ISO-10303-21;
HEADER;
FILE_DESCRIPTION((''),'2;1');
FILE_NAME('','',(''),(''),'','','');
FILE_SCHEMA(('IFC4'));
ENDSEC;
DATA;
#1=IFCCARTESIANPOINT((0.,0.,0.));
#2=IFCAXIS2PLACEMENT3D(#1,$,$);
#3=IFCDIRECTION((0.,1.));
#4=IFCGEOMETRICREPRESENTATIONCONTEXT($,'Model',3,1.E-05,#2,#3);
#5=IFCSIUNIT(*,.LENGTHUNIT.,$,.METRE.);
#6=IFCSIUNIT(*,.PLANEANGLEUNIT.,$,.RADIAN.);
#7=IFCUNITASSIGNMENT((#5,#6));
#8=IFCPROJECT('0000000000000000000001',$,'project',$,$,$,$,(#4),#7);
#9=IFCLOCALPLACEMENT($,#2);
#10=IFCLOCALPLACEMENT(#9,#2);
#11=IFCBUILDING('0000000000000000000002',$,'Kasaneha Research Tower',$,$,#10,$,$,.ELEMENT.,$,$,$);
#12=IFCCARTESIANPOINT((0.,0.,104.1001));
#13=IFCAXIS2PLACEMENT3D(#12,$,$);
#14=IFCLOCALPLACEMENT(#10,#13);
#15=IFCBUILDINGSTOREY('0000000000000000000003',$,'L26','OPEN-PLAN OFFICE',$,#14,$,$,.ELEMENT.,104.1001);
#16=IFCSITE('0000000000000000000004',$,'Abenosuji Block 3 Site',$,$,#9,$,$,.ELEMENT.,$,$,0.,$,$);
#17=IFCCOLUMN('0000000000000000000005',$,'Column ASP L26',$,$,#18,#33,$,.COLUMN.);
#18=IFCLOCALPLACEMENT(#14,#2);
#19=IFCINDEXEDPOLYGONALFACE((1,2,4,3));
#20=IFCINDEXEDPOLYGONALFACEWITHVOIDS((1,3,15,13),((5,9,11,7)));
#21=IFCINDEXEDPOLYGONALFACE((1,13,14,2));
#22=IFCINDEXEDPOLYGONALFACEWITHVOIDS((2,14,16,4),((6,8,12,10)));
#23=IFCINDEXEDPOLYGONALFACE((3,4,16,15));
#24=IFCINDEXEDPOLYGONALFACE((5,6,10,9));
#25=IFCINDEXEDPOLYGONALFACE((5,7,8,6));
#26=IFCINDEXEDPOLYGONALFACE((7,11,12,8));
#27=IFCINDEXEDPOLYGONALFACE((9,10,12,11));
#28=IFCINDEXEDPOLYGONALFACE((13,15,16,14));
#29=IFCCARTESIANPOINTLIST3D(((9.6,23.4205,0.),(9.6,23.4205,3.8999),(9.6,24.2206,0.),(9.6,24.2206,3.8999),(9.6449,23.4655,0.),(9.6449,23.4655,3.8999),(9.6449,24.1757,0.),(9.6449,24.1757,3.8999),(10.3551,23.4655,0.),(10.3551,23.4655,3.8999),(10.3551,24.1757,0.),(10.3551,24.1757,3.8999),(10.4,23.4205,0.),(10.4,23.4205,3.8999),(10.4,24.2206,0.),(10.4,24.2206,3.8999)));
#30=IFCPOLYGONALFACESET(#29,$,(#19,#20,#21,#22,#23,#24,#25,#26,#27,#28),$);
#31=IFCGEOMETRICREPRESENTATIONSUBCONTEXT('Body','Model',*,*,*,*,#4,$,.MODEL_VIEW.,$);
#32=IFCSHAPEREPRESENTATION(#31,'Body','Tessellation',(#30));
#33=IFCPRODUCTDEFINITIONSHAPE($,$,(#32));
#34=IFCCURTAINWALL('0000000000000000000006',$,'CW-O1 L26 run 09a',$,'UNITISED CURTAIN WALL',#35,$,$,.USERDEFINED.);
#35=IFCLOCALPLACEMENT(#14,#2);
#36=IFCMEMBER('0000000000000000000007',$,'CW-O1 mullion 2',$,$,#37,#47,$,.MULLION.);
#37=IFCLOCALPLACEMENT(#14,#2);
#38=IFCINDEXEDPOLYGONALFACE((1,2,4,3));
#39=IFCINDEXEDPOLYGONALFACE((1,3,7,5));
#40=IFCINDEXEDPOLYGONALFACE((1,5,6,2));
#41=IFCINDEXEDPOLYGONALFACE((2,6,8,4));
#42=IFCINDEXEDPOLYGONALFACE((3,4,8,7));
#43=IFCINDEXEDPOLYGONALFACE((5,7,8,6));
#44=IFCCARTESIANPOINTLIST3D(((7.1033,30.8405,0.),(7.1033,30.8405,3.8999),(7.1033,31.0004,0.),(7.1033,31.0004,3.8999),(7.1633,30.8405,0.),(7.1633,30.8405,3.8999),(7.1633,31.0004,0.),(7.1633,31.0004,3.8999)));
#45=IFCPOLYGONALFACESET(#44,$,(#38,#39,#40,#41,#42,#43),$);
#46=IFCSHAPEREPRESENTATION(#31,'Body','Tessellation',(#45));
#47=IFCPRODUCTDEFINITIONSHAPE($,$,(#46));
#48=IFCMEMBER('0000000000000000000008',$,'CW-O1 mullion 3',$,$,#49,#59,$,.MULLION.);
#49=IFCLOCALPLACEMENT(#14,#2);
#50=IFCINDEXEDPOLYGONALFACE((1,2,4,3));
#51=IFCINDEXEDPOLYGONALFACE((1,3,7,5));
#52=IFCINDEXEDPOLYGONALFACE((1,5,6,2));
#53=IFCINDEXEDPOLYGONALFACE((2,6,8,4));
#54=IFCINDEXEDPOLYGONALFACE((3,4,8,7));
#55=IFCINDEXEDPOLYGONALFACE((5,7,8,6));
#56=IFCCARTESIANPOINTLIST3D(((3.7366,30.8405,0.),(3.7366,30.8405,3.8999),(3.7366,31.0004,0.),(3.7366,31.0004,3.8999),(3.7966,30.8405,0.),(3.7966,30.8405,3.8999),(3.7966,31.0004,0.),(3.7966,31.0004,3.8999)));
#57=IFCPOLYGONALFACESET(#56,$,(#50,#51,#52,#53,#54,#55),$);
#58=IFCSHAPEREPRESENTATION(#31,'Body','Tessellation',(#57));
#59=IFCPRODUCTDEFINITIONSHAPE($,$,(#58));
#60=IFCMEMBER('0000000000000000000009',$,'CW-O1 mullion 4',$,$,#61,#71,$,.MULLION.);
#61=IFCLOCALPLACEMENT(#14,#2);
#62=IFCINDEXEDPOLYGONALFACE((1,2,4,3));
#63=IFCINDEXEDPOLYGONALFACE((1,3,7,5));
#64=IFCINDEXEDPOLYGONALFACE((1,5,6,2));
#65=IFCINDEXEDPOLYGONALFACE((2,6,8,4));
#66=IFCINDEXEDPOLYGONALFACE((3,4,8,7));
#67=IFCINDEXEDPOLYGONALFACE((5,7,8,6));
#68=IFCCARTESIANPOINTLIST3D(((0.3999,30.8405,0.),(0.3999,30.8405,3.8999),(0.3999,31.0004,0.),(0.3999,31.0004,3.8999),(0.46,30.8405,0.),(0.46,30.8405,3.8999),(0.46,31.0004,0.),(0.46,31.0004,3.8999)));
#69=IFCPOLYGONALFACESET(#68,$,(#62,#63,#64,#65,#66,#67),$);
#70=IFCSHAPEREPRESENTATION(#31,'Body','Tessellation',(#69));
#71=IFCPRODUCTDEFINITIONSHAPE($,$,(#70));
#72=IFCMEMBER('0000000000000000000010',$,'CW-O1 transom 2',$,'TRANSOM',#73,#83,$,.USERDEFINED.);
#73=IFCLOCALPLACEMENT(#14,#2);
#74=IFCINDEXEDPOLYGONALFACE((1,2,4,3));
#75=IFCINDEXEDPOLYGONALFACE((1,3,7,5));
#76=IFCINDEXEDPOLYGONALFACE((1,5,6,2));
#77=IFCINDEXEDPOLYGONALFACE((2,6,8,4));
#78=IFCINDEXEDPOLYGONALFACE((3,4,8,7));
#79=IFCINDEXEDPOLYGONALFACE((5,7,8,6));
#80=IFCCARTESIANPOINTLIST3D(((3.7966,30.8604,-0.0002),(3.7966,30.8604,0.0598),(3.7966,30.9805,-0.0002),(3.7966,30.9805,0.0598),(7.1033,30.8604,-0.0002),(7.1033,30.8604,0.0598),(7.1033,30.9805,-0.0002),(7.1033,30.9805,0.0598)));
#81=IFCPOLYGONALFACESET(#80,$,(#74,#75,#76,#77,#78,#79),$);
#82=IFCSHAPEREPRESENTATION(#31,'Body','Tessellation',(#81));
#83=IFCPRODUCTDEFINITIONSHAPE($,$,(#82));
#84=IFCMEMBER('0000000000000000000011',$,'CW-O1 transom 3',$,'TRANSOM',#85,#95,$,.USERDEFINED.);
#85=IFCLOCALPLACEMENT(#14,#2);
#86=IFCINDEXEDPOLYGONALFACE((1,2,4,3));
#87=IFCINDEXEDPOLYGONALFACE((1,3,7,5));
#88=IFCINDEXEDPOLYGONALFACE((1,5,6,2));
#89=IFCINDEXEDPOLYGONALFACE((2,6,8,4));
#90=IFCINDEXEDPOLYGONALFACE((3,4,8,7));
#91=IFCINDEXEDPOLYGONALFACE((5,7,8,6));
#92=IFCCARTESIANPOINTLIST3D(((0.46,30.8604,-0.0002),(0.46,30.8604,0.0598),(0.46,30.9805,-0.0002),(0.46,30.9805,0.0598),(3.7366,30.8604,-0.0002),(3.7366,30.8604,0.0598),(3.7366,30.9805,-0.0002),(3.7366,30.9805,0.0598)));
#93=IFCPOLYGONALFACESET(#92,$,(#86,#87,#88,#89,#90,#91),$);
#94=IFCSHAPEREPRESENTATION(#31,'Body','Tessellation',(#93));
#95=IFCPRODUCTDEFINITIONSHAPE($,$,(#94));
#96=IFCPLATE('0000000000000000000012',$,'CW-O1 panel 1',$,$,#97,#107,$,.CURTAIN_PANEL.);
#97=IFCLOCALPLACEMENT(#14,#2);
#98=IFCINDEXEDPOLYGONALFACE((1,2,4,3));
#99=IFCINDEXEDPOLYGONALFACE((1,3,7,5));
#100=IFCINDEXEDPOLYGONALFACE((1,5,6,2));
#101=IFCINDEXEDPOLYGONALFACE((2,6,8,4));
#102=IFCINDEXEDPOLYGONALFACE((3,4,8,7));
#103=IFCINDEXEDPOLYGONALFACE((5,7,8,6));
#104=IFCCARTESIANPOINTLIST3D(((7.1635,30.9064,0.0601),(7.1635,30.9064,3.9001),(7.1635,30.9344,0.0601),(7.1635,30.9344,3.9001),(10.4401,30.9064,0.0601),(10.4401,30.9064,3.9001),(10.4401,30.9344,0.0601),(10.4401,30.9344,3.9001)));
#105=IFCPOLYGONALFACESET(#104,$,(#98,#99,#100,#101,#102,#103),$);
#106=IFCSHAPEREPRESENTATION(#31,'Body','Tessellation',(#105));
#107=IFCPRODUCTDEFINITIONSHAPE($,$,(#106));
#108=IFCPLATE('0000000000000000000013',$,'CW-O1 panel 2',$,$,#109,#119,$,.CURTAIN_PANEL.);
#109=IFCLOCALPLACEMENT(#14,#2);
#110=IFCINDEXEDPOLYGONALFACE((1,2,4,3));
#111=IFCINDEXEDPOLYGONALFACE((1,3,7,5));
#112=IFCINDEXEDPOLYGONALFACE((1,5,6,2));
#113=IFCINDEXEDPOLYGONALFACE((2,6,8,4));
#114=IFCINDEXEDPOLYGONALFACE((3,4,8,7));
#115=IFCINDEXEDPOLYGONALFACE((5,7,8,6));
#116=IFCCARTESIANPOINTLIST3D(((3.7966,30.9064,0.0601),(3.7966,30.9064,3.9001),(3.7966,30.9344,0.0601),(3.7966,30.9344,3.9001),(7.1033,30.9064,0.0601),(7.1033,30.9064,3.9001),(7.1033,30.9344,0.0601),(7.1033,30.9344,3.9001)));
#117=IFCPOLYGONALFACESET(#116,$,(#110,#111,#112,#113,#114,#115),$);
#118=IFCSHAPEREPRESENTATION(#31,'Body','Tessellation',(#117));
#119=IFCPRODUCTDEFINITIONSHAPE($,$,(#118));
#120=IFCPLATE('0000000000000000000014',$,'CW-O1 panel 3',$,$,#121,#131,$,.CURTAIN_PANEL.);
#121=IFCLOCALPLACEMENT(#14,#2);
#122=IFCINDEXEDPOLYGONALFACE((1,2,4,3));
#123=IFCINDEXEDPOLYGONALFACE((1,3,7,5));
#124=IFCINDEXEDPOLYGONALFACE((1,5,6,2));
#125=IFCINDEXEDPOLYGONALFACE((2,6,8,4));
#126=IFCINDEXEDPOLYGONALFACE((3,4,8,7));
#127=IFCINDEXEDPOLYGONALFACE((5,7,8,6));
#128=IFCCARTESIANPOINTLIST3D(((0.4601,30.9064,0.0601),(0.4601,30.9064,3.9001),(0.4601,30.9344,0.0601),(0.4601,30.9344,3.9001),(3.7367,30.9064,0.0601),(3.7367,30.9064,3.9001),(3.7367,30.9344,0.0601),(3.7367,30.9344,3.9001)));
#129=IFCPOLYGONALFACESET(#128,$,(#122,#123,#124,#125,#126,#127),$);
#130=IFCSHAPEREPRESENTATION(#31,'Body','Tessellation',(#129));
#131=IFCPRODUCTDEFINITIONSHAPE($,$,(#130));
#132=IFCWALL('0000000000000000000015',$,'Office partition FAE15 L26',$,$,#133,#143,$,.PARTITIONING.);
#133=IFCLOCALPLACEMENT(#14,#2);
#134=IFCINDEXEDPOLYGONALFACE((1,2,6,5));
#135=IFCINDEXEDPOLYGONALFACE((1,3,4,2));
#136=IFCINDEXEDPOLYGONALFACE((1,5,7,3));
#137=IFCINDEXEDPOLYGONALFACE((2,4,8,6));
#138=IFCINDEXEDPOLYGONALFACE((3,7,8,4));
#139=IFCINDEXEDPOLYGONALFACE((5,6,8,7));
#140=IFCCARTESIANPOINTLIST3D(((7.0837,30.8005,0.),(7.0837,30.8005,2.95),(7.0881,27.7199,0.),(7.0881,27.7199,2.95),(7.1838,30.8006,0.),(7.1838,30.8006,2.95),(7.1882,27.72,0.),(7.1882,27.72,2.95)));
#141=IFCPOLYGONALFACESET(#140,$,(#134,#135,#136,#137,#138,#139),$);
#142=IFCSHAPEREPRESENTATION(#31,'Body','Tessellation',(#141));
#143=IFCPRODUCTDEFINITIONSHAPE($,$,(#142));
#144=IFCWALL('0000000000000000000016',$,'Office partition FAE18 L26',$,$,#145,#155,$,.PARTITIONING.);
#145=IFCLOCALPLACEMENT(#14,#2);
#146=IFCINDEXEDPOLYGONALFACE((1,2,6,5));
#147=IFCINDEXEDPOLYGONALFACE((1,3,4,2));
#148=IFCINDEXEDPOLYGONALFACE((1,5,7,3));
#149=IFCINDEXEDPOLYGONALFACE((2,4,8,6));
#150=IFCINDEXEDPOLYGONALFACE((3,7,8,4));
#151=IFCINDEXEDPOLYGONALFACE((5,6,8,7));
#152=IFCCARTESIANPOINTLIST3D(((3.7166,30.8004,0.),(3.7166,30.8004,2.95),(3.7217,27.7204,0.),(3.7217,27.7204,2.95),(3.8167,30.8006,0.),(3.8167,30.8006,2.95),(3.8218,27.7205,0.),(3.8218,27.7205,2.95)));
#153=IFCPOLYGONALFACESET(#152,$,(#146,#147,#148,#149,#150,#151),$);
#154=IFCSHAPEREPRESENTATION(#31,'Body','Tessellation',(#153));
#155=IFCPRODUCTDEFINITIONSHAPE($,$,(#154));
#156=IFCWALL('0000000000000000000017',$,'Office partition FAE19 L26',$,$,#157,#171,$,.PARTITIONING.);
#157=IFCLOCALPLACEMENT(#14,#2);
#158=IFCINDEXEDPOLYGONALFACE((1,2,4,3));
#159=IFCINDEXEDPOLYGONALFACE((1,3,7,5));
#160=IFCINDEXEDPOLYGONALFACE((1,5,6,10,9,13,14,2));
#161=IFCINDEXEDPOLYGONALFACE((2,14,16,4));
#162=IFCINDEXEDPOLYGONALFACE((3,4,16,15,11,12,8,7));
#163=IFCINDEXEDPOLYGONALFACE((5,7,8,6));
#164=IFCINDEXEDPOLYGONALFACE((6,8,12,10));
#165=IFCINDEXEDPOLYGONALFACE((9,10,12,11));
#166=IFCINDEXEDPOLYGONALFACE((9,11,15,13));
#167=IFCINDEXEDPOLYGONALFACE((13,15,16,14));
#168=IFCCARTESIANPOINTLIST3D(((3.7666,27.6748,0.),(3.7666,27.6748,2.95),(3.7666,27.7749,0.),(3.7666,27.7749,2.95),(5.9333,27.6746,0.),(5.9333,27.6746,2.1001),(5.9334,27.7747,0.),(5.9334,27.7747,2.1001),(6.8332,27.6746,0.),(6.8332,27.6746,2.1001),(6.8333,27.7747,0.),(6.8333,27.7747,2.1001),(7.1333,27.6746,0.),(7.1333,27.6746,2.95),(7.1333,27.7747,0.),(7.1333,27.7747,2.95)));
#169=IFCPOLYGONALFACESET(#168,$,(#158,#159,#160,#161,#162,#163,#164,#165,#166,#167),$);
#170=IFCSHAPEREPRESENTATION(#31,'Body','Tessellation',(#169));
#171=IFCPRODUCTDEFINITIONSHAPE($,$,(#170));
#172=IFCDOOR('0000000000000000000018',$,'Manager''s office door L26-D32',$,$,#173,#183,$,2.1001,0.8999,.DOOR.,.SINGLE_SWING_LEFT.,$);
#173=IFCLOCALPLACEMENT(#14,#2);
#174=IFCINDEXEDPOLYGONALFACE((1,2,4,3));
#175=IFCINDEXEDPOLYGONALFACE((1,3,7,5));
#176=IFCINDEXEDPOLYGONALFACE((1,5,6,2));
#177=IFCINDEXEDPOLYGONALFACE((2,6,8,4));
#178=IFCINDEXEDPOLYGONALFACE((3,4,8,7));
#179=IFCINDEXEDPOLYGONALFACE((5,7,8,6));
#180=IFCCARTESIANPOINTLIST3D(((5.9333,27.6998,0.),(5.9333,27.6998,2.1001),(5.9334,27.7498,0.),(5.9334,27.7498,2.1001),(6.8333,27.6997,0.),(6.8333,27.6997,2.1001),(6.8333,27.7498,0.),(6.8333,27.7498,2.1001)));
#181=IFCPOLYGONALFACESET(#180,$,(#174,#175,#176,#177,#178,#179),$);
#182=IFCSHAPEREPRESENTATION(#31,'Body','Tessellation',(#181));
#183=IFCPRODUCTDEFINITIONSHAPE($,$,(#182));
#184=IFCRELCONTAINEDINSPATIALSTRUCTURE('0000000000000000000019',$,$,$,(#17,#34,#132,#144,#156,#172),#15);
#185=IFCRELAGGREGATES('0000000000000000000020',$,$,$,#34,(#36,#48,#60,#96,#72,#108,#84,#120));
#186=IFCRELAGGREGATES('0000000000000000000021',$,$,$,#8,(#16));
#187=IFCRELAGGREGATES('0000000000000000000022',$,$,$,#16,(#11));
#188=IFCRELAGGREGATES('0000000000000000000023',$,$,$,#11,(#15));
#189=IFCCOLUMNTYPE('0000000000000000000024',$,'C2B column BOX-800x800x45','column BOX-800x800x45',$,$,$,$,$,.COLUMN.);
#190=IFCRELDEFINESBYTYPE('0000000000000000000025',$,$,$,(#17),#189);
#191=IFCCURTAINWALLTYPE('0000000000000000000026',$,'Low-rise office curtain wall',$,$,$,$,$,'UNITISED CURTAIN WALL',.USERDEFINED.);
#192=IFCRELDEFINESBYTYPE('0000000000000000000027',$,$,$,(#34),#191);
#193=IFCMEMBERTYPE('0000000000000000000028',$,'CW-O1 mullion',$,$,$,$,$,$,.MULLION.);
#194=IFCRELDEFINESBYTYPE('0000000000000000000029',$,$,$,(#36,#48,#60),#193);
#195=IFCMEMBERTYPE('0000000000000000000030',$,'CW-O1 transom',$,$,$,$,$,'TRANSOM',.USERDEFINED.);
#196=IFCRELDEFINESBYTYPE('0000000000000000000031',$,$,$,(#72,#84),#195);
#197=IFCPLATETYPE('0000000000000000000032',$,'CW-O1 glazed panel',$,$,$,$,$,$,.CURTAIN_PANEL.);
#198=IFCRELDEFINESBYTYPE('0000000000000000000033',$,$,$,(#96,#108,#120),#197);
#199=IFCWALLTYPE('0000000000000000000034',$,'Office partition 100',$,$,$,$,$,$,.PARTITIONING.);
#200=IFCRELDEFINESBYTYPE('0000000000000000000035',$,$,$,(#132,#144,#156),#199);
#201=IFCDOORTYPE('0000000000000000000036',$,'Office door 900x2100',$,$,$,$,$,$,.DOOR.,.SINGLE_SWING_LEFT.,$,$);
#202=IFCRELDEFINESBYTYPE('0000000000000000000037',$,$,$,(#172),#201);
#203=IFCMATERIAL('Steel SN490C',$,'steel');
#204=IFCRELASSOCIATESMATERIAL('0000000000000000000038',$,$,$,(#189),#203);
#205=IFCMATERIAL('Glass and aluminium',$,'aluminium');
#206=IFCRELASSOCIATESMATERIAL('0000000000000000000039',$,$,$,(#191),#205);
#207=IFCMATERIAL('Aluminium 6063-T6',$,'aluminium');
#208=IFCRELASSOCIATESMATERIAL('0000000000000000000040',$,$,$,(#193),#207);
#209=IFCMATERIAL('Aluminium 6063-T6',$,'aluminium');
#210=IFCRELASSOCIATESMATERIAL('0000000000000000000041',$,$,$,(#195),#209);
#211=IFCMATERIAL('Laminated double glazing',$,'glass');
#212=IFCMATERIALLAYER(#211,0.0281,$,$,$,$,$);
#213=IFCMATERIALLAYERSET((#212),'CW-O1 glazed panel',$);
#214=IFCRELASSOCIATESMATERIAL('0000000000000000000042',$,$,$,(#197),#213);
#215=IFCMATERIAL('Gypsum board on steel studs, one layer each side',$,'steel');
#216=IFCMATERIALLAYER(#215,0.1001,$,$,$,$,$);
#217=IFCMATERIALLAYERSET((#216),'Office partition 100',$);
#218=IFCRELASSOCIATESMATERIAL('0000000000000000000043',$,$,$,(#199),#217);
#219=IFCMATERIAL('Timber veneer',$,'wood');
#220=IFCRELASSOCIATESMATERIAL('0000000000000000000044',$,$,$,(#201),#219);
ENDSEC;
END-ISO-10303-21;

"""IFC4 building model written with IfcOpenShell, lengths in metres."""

from ifc_helpers import new_model, si_unit, direction, frame, frame_2d, origin, origin_2d, place, context, subcontext, project, spatial, rectangle, hollow_rectangle, extrude, material, layer, layer_set, material_profile, profile_set, type_object, element, fill, aggregate, save


model = new_model("IFC4")

# Units and contexts
model_context = context("Model", 3, precision=1e-05, world=origin(), true_north=direction((0.0, 1.0)))
body_context = subcontext(model_context, "Body", "Model", "MODEL_VIEW")
ifc_project = project(units=[si_unit("LENGTHUNIT", "METRE"), si_unit("PLANEANGLEUNIT", "RADIAN")], contexts=[model_context])

# Site, building, storey
site_placement = place(None, origin())
site = spatial("IfcSite", under=ifc_project, at=site_placement, Name="Abenosuji Block 3 Site", CompositionType="ELEMENT", RefElevation=0.0)
building_placement = place(site_placement, origin())
building = spatial("IfcBuilding", under=site, at=building_placement, Name="Kasaneha Research Tower", CompositionType="ELEMENT")
storey_placement = place(building_placement, frame((0.0, 0.0, 104.1001)))
storey = spatial("IfcBuildingStorey", under=building, at=storey_placement, Name="L26", Description="OPEN-PLAN OFFICE", CompositionType="ELEMENT", Elevation=104.1001)

# Column
ifc_material_1 = material(Name="Steel SN490C", Category="steel")
ifc_material_profile_1 = material_profile(ifc_material_1, hollow_rectangle(XDim=0.8, YDim=0.8, WallThickness=0.0449, at=origin_2d()), Name="BOX-800x800x45")
ifc_profile_set_1 = profile_set([ifc_material_profile_1], Name="Steel SN490C")
column_type = type_object("IfcColumnType", Name="C2B column BOX-800x800x45", Description="column BOX-800x800x45", PredefinedType="COLUMN", material=ifc_profile_set_1)
column_placement = place(storey_placement, frame((10.0, 23.8206, 0.0), z_axis=(0.0, 0.0, 1.0), x_axis=(1.0, 0.0, 0.0)))
element("IfcColumn", 1, at=column_placement, inside=storey, type_object=column_type, Name="Column ASP L26", PredefinedType="COLUMN", context=body_context, shape_type="SweptSolid", body=[
    extrude(hollow_rectangle(XDim=0.8, YDim=0.8, WallThickness=0.0449, at=origin_2d()), origin(), (0.0, 0.0, 1.0), 3.8999),
])

# Curtain wall, members, plates
ifc_material_2 = material(Name="Glass and aluminium", Category="aluminium")
curtain_wall_type = type_object("IfcCurtainWallType", Name="Low-rise office curtain wall", ElementType="UNITISED CURTAIN WALL", PredefinedType="USERDEFINED", material=ifc_material_2)
curtain_wall_placement = place(storey_placement, origin())
curtain_wall = element("IfcCurtainWall", 2, at=curtain_wall_placement, inside=storey, type_object=curtain_wall_type, Name="CW-O1 L26 run 09a", ObjectType="UNITISED CURTAIN WALL", PredefinedType="USERDEFINED")
ifc_material_3 = material(Name="Aluminium 6063-T6", Category="aluminium")
ifc_material_profile_2 = material_profile(ifc_material_3, rectangle(XDim=0.0601, YDim=0.1599, at=origin_2d()), Name="CW-O1 mullion 60x160")
ifc_profile_set_2 = profile_set([ifc_material_profile_2], Name="Aluminium 6063-T6")
member_type_1 = type_object("IfcMemberType", Name="CW-O1 mullion", PredefinedType="MULLION", material=ifc_profile_set_2)
member_1_placement = place(storey_placement, frame((7.1333, 30.9204, 0.0), z_axis=(0.0, 0.0, 1.0), x_axis=(-1.0, 0.0, 0.0)))
member_1 = element("IfcMember", 3, at=member_1_placement, type_object=member_type_1, Name="CW-O1 mullion 2", PredefinedType="MULLION", context=body_context, shape_type="SweptSolid", body=[
    extrude(rectangle(XDim=0.0601, YDim=0.1599, at=origin_2d()), origin(), (0.0, 0.0, 1.0), 3.8999),
])
member_2_placement = place(storey_placement, frame((3.7666, 30.9204, 0.0), z_axis=(0.0, 0.0, 1.0), x_axis=(-1.0, 0.0, 0.0)))
member_2 = element("IfcMember", 4, at=member_2_placement, type_object=member_type_1, Name="CW-O1 mullion 3", PredefinedType="MULLION", context=body_context, shape_type="SweptSolid", body=[
    extrude(rectangle(XDim=0.0601, YDim=0.1599, at=origin_2d()), origin(), (0.0, 0.0, 1.0), 3.8999),
])
member_3_placement = place(storey_placement, frame((0.4299, 30.9204, 0.0), z_axis=(0.0, 0.0, 1.0), x_axis=(-1.0, 0.0, 0.0)))
member_3 = element("IfcMember", 5, at=member_3_placement, type_object=member_type_1, Name="CW-O1 mullion 4", PredefinedType="MULLION", context=body_context, shape_type="SweptSolid", body=[
    extrude(rectangle(XDim=0.0601, YDim=0.1599, at=origin_2d()), origin(), (0.0, 0.0, 1.0), 3.8999),
])
ifc_material_4 = material(Name="Aluminium 6063-T6", Category="aluminium")
ifc_material_profile_3 = material_profile(ifc_material_4, rectangle(XDim=0.1201, YDim=0.0601, at=origin_2d()), Name="CW-O1 transom 120x60")
ifc_profile_set_3 = profile_set([ifc_material_profile_3], Name="Aluminium 6063-T6")
member_type_2 = type_object("IfcMemberType", Name="CW-O1 transom", ElementType="TRANSOM", PredefinedType="USERDEFINED", material=ifc_profile_set_3)
member_4_placement = place(storey_placement, frame((7.1033, 30.9204, 0.0298), z_axis=(-1.0, 0.0, 0.0), x_axis=(0.0, -1.0, 0.0)))
member_4 = element("IfcMember", 6, at=member_4_placement, type_object=member_type_2, Name="CW-O1 transom 2", ObjectType="TRANSOM", PredefinedType="USERDEFINED", context=body_context, shape_type="SweptSolid", body=[
    extrude(rectangle(XDim=0.1201, YDim=0.0601, at=origin_2d()), origin(), (0.0, 0.0, 1.0), 3.3066),
])
member_5_placement = place(storey_placement, frame((3.7366, 30.9204, 0.0298), z_axis=(-1.0, 0.0, 0.0), x_axis=(0.0, -1.0, 0.0)))
member_5 = element("IfcMember", 7, at=member_5_placement, type_object=member_type_2, Name="CW-O1 transom 3", ObjectType="TRANSOM", PredefinedType="USERDEFINED", context=body_context, shape_type="SweptSolid", body=[
    extrude(rectangle(XDim=0.1201, YDim=0.0601, at=origin_2d()), origin(), (0.0, 0.0, 1.0), 3.2766),
])
ifc_material_5 = material(Name="Laminated double glazing", Category="glass")
ifc_layer_1 = layer(ifc_material_5, 0.0281)
ifc_layer_set_1 = layer_set([ifc_layer_1], Name="CW-O1 glazed panel")
plate_type = type_object("IfcPlateType", Name="CW-O1 glazed panel", PredefinedType="CURTAIN_PANEL", material=ifc_layer_set_1)
plate_1_placement = place(storey_placement, frame((8.8018, 30.9204, 0.0601), z_axis=(0.0, 0.0, 1.0), x_axis=(-1.0, 0.0, 0.0)))
plate_1 = element("IfcPlate", 8, at=plate_1_placement, type_object=plate_type, Name="CW-O1 panel 1", PredefinedType="CURTAIN_PANEL", context=body_context, shape_type="SweptSolid", body=[
    extrude(rectangle(XDim=3.2766, YDim=0.0281, at=origin_2d()), origin(), (0.0, 0.0, 1.0), 3.8401),
])
plate_2_placement = place(storey_placement, frame((5.45, 30.9204, 0.0601), z_axis=(0.0, 0.0, 1.0), x_axis=(-1.0, 0.0, 0.0)))
plate_2 = element("IfcPlate", 9, at=plate_2_placement, type_object=plate_type, Name="CW-O1 panel 2", PredefinedType="CURTAIN_PANEL", context=body_context, shape_type="SweptSolid", body=[
    extrude(rectangle(XDim=3.3066, YDim=0.0281, at=origin_2d()), origin(), (0.0, 0.0, 1.0), 3.8401),
])
plate_3_placement = place(storey_placement, frame((2.0984, 30.9204, 0.0601), z_axis=(0.0, 0.0, 1.0), x_axis=(-1.0, 0.0, 0.0)))
plate_3 = element("IfcPlate", 10, at=plate_3_placement, type_object=plate_type, Name="CW-O1 panel 3", PredefinedType="CURTAIN_PANEL", context=body_context, shape_type="SweptSolid", body=[
    extrude(rectangle(XDim=3.2766, YDim=0.0281, at=origin_2d()), origin(), (0.0, 0.0, 1.0), 3.8401),
])
aggregate(curtain_wall, [member_1, member_2, member_3, plate_1, member_4, plate_2, member_5, plate_3])

# Walls
ifc_material_6 = material(Name="Gypsum board on steel studs, one layer each side", Category="steel")
ifc_layer_2 = layer(ifc_material_6, 0.1001)
ifc_layer_set_2 = layer_set([ifc_layer_2], Name="Office partition 100")
wall_type = type_object("IfcWallType", Name="Office partition 100", PredefinedType="PARTITIONING", material=ifc_layer_set_2)
wall_1_placement = place(storey_placement, frame((7.1382, 27.72, 0.0), z_axis=(0.0, 0.0, 1.0), x_axis=(-0.001427, 0.999999, 0.0)))
element("IfcWall", 11, at=wall_1_placement, inside=storey, type_object=wall_type, Name="Office partition FAE15 L26", PredefinedType="PARTITIONING", context=body_context, shape_type="SweptSolid", body=[
    extrude(rectangle(XDim=3.0806, YDim=0.1001, at=frame_2d((1.5403, 0.0))), origin(), (0.0, 0.0, 1.0), 2.95),
])
wall_2_placement = place(storey_placement, frame((3.7717, 27.7205, 0.0), z_axis=(0.0, 0.0, 1.0), x_axis=(-0.001665, 0.999999, 0.0)))
element("IfcWall", 12, at=wall_2_placement, inside=storey, type_object=wall_type, Name="Office partition FAE18 L26", PredefinedType="PARTITIONING", context=body_context, shape_type="SweptSolid", body=[
    extrude(rectangle(XDim=3.0801, YDim=0.1001, at=frame_2d((1.54, 0.0))), origin(), (0.0, 0.0, 1.0), 2.95),
])

# Wall, opening, door
wall_3_placement = place(storey_placement, frame((7.1333, 27.7246, 0.0), z_axis=(0.0, 0.0, 1.0), x_axis=(-1.0, 0.000073, 0.0)))
wall_3 = element("IfcWall", 13, at=wall_3_placement, inside=storey, type_object=wall_type, Name="Office partition FAE19 L26", PredefinedType="PARTITIONING", context=body_context, shape_type="SweptSolid", body=[
    extrude(rectangle(XDim=3.3667, YDim=0.1001, at=frame_2d((1.6833, 0.0))), origin(), (0.0, 0.0, 1.0), 2.95),
])
opening_1_placement = place(wall_3_placement, frame((0.3, 0.0, 0.0)))
opening_1 = element("IfcOpeningElement", 14, at=opening_1_placement, cuts=wall_3, PredefinedType="OPENING", context=body_context, shape_type="SweptSolid", body=[
    extrude(rectangle(XDim=0.8999, YDim=2.1001, at=frame_2d((0.45, 1.05))), frame((0.0, 0.0601, 0.0), z_axis=(0.0, -1.0, 0.0), x_axis=(1.0, 0.0, 0.0)), (0.0, 0.0, 1.0), 0.1201),
])
ifc_material_7 = material(Name="Timber veneer", Category="wood")
door_type = type_object("IfcDoorType", Name="Office door 900x2100", OperationType="SINGLE_SWING_LEFT", PredefinedType="DOOR", material=ifc_material_7)
door_1_placement = place(opening_1_placement, origin())
door_1 = element("IfcDoor", 15, at=door_1_placement, inside=storey, type_object=door_type, Name="Manager's office door L26-D32", OperationType="SINGLE_SWING_LEFT", OverallHeight=2.1001, OverallWidth=0.8999, PredefinedType="DOOR", context=body_context, shape_type="SweptSolid", body=[
    extrude(rectangle(XDim=0.8999, YDim=2.1001, at=frame_2d((0.45, 1.05))), frame((0.0, 0.0249, 0.0), z_axis=(0.0, -1.0, 0.0), x_axis=(1.0, 0.0, 0.0)), (0.0, 0.0, 1.0), 0.05),
])
fill(opening_1, door_1)

save(model, "model.ifc")
